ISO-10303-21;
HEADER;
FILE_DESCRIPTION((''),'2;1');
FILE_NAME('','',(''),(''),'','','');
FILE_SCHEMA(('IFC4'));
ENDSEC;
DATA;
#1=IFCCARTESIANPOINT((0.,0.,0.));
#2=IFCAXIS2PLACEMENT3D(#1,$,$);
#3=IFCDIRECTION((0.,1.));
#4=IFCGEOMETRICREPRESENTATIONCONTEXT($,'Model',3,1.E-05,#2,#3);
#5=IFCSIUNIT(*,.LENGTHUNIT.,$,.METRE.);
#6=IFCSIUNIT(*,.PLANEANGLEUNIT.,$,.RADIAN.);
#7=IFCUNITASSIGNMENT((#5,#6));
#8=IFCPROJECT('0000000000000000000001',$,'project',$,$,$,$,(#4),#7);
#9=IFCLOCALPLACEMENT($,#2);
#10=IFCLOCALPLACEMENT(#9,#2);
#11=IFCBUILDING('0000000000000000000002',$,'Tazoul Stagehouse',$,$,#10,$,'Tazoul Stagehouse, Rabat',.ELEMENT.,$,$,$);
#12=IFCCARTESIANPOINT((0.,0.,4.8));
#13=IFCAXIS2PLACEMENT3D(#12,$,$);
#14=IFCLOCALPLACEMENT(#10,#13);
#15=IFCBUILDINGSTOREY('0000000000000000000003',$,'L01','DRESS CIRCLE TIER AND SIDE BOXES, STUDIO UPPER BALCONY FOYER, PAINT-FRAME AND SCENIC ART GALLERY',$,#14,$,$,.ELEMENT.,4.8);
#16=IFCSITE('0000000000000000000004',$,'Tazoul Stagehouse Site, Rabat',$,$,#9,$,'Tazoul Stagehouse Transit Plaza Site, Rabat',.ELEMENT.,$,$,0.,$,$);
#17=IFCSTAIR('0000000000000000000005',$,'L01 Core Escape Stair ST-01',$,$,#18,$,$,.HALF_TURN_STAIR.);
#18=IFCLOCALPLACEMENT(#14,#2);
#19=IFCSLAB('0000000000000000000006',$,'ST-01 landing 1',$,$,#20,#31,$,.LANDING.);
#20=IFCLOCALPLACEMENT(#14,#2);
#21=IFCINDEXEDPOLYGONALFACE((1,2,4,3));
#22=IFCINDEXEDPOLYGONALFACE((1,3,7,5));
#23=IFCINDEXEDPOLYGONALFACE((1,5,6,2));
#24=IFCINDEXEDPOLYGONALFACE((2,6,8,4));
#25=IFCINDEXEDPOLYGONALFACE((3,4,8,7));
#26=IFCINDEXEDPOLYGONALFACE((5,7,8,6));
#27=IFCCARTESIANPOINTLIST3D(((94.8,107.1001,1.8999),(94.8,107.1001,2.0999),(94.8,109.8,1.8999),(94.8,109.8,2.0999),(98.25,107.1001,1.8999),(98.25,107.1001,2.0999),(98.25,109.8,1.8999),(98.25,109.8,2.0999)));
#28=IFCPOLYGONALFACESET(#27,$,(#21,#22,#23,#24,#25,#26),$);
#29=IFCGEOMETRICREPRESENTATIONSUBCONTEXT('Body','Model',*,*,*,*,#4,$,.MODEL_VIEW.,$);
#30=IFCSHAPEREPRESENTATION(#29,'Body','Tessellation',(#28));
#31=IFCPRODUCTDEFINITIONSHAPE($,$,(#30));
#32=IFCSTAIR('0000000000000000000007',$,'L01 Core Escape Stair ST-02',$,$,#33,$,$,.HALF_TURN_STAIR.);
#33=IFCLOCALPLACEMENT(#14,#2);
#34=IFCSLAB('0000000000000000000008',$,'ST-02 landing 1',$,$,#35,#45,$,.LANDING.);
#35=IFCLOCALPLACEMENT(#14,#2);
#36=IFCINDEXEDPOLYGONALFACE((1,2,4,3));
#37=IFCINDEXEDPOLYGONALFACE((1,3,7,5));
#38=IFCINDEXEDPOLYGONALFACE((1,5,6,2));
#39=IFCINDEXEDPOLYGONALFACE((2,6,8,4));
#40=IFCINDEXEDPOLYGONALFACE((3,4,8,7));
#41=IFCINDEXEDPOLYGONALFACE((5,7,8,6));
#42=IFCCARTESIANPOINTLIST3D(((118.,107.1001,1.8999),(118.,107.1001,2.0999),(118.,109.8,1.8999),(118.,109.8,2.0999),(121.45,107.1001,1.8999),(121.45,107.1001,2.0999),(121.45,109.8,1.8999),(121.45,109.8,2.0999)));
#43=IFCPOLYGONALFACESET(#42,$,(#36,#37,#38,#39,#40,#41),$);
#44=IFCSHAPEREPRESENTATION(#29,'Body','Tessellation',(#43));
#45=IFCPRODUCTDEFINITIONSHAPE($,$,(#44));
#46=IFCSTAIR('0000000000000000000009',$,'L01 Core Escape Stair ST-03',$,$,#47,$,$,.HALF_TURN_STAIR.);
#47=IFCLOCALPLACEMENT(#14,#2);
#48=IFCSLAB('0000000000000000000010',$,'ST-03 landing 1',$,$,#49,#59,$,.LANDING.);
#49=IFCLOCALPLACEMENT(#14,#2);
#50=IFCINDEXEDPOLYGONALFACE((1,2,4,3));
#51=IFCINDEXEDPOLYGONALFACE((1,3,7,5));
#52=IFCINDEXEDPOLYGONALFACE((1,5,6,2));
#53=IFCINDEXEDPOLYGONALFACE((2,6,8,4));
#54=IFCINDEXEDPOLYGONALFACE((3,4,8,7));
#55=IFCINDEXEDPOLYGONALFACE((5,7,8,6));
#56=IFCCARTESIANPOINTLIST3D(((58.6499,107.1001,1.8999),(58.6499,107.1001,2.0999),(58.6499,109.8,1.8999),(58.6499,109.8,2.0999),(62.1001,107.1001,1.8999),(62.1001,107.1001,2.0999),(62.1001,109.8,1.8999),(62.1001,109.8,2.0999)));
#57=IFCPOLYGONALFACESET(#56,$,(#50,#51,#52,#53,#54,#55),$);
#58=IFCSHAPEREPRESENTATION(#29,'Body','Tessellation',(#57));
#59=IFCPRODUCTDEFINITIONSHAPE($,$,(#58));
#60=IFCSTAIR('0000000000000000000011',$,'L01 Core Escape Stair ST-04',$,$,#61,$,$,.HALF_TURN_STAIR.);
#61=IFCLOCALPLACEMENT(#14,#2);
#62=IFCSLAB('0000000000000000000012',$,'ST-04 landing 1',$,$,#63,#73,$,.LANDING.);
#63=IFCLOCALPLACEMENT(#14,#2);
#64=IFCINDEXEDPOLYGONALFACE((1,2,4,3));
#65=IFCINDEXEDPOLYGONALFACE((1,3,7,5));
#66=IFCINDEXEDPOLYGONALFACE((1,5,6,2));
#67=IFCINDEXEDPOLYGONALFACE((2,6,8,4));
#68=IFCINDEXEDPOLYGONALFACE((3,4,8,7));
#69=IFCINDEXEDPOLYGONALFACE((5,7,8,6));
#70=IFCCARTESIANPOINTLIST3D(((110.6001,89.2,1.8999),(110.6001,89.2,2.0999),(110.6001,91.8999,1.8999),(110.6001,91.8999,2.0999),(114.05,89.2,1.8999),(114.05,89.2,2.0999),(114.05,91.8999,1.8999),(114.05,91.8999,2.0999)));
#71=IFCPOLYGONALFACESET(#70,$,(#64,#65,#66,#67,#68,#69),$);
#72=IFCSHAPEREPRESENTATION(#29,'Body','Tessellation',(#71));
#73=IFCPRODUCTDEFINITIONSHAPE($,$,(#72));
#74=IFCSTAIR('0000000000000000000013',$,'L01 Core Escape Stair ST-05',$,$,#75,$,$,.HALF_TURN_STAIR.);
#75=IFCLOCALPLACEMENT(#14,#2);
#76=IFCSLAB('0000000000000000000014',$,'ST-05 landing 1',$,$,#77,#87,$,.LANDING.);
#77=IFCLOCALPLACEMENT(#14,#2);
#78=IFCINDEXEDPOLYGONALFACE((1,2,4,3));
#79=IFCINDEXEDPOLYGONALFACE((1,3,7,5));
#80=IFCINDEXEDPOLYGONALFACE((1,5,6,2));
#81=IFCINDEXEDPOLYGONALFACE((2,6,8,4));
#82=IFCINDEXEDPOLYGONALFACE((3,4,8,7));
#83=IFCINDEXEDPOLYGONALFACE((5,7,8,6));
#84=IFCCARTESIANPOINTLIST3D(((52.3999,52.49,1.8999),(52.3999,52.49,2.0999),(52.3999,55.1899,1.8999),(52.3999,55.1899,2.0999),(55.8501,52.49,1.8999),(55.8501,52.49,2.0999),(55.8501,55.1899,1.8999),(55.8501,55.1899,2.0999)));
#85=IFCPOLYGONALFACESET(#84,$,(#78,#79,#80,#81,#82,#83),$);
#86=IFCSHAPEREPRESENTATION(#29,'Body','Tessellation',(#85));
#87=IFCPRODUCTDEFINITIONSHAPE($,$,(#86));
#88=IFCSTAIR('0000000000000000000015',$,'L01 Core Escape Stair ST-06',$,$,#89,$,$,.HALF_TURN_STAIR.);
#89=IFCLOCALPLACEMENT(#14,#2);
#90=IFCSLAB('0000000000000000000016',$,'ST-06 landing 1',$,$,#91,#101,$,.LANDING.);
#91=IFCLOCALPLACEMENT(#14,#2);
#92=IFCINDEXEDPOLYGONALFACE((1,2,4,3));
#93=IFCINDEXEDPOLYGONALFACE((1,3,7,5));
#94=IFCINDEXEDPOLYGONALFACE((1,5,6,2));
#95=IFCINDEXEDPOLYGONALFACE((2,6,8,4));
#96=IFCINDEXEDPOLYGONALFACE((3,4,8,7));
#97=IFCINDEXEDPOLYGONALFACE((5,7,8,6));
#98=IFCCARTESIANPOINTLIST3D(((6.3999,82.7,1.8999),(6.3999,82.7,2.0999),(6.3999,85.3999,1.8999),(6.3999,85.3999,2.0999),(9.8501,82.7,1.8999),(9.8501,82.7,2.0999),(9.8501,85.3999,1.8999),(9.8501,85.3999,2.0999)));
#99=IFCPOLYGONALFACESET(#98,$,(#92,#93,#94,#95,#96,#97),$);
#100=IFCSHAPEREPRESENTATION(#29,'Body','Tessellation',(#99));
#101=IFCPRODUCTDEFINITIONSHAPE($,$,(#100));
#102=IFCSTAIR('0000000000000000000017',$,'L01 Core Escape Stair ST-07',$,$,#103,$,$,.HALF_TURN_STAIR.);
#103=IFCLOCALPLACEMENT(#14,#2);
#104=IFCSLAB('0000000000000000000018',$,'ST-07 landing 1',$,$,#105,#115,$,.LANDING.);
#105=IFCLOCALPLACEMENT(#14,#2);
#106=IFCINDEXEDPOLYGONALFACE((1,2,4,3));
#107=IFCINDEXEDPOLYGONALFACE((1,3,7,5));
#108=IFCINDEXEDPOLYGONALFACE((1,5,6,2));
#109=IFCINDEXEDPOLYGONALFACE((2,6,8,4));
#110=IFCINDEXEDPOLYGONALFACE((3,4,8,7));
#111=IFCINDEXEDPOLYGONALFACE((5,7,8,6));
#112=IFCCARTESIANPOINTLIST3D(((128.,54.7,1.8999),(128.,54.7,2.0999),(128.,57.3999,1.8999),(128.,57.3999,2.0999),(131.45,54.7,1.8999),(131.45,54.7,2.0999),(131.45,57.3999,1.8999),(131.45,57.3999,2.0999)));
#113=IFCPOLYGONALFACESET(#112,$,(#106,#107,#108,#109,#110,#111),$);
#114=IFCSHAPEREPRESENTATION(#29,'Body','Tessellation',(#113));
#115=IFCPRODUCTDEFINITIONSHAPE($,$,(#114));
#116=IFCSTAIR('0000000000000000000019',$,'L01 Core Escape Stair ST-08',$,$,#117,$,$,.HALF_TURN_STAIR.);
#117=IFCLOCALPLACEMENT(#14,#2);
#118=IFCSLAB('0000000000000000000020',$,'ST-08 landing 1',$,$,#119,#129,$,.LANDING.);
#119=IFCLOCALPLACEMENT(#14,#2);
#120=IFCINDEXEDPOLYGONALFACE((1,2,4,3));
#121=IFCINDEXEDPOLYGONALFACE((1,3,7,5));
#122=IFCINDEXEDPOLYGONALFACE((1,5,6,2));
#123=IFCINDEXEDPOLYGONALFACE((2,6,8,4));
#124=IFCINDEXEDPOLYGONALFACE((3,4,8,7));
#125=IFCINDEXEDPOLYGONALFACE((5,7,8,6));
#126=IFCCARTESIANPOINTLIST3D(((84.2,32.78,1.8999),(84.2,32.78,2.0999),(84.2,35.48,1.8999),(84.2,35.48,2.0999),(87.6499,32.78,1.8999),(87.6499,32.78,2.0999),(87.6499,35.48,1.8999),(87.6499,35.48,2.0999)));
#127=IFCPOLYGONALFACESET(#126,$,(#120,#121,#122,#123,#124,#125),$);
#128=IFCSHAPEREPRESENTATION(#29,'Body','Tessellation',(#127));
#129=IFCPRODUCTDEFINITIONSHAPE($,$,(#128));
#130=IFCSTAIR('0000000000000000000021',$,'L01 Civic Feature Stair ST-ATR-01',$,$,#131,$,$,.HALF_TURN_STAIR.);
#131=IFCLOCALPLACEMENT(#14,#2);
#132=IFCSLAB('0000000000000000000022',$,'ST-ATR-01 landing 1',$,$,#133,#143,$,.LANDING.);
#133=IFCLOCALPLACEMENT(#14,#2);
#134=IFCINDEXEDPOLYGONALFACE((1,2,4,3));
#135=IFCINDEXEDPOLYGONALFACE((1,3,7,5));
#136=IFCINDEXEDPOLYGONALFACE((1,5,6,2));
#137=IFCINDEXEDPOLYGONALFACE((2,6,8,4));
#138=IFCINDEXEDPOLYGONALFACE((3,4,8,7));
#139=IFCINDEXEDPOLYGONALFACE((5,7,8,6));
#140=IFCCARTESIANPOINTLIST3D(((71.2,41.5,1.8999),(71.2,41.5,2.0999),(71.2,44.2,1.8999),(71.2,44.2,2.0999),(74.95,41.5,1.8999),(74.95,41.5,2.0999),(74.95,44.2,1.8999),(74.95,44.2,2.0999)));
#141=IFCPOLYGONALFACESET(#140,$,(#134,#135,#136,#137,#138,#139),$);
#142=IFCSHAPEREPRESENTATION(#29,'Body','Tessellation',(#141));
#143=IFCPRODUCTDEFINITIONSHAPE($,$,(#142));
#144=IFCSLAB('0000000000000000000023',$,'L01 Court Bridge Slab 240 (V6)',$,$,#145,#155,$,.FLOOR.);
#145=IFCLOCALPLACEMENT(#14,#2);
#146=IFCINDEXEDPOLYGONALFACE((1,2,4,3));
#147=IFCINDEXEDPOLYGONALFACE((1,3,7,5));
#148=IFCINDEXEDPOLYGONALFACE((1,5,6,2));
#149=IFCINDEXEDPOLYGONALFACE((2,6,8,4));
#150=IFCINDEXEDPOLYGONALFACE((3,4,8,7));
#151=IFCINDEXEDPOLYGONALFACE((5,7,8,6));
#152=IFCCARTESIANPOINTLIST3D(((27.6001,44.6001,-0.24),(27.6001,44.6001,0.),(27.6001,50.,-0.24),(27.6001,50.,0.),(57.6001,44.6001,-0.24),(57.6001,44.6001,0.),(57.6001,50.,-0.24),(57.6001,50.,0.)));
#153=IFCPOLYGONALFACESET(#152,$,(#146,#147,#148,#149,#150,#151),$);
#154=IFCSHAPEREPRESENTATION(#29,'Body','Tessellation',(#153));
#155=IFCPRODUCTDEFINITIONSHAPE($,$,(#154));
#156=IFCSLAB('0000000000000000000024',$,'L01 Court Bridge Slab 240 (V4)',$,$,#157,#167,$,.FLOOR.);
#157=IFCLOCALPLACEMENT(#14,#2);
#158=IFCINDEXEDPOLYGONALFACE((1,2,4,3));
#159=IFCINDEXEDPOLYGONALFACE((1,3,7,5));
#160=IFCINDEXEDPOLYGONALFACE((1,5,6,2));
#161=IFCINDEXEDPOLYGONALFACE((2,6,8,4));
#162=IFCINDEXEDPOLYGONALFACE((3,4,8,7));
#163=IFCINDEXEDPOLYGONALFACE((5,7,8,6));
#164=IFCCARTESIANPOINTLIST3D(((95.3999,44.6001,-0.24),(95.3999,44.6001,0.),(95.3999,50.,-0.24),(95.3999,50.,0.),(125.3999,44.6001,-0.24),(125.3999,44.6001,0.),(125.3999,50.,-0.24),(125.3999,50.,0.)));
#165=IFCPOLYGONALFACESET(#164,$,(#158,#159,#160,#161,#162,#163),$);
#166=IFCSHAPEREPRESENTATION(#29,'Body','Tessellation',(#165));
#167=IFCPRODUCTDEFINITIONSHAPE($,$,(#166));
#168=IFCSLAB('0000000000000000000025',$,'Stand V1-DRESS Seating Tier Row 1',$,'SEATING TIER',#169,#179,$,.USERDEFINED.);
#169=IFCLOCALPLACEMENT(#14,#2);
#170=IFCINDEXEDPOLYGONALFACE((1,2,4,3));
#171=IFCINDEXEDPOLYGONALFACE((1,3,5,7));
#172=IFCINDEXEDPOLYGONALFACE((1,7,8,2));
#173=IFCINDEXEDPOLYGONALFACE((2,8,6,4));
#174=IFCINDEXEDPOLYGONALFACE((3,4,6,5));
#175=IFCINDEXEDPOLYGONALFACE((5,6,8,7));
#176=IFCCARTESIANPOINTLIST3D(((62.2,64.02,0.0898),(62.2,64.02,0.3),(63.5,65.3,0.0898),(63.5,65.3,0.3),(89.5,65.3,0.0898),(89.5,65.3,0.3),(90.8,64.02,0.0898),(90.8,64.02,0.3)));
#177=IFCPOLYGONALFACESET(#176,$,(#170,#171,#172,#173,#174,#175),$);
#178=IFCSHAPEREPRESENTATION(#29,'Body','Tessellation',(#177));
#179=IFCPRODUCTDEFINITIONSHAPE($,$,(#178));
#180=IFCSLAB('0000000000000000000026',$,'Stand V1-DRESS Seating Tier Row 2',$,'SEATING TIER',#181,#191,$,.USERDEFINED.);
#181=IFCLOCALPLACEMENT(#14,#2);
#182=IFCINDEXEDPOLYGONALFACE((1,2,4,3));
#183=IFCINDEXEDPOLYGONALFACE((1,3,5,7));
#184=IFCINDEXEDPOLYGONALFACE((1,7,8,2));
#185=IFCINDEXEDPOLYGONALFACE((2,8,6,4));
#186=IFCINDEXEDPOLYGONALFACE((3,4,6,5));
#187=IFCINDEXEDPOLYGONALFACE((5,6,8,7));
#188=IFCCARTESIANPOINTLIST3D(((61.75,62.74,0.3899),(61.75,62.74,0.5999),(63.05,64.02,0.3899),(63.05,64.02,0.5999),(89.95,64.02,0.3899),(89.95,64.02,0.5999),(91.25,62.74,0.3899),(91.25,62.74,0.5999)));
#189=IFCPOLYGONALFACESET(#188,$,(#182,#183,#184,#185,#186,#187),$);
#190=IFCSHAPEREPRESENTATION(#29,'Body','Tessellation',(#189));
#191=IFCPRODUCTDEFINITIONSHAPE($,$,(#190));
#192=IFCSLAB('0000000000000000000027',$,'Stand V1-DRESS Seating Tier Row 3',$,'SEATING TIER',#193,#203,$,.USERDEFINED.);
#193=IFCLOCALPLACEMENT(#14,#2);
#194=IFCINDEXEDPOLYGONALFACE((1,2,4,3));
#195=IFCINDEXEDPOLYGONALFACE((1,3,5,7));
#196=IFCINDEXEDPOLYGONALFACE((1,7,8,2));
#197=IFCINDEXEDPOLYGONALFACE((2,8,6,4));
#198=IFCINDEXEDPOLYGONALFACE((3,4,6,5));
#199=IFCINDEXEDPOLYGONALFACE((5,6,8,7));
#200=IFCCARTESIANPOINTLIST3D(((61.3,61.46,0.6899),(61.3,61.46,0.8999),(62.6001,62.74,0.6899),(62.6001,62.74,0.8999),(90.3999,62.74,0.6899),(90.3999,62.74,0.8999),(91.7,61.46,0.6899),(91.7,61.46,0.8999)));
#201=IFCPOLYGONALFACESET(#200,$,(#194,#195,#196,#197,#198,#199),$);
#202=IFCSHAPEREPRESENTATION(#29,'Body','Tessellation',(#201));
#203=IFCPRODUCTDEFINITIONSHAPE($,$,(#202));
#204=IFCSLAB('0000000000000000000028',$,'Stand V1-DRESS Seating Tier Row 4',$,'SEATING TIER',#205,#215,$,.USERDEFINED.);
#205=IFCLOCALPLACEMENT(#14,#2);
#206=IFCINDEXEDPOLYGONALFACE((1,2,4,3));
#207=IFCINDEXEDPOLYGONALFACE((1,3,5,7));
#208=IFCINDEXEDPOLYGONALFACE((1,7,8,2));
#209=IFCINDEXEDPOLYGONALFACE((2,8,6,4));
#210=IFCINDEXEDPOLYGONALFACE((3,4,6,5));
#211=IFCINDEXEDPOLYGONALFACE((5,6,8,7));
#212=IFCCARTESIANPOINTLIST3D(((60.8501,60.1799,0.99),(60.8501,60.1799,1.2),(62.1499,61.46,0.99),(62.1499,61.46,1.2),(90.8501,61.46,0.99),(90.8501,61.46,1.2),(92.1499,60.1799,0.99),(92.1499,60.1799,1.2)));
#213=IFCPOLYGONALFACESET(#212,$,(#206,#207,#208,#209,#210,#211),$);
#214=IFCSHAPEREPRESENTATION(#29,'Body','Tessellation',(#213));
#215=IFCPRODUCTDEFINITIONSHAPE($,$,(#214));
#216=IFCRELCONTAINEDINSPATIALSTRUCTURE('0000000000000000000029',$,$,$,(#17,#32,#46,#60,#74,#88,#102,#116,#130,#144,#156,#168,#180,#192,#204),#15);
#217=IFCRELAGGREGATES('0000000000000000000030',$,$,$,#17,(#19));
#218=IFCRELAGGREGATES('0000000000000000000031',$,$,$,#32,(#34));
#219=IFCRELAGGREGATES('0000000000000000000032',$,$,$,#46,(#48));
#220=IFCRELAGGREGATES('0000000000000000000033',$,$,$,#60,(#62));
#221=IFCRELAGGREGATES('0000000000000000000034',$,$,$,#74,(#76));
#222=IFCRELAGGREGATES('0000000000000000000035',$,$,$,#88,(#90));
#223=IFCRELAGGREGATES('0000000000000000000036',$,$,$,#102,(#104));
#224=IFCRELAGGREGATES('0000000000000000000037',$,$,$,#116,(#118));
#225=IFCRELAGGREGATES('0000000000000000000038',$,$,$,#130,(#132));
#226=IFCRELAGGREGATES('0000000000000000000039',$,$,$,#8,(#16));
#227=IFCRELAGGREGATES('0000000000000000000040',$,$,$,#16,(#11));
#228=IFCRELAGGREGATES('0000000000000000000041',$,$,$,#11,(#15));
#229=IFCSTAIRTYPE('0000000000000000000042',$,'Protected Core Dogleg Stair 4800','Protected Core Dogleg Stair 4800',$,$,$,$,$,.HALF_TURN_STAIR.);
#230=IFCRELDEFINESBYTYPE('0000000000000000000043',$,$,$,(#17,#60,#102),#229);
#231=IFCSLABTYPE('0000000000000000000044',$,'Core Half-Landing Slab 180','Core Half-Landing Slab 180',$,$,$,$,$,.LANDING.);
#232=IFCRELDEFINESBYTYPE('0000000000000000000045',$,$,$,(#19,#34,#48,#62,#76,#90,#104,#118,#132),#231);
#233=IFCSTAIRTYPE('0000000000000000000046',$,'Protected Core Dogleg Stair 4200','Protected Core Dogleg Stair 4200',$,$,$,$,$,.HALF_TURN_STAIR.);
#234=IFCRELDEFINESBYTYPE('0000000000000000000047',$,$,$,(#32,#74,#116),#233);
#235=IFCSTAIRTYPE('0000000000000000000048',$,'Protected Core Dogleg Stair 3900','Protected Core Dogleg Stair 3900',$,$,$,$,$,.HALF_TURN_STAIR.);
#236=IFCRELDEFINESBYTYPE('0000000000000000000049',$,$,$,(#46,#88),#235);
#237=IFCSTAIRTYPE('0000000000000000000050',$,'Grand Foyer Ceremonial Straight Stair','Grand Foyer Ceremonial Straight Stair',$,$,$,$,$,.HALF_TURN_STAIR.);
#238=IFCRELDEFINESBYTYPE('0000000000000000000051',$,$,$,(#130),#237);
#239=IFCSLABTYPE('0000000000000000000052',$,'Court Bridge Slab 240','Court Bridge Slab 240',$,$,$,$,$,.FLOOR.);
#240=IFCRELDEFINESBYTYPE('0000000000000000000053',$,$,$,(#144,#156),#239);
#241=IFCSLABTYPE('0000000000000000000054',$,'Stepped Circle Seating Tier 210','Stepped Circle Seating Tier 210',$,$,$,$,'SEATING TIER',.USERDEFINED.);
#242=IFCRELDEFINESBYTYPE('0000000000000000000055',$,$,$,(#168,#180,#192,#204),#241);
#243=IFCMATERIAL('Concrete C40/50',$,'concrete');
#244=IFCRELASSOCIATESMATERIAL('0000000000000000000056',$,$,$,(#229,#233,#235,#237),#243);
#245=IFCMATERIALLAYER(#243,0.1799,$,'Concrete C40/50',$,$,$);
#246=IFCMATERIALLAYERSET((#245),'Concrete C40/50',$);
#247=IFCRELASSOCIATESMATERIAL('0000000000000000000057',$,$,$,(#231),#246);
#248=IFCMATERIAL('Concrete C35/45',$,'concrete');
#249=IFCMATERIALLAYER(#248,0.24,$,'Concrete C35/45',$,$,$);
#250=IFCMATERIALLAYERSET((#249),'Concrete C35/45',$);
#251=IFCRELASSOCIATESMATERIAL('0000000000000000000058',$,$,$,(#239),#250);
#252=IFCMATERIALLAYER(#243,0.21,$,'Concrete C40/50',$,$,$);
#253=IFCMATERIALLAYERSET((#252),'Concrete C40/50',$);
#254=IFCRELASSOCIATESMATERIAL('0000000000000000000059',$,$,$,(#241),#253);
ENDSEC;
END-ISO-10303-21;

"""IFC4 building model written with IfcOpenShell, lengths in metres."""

from ifc_helpers import new_model, si_unit, direction, frame, origin, place, context, subcontext, project, spatial, polyline, outline, extrude, material, layer, layer_set, type_object, element, aggregate, save


model = new_model("IFC4")

# Units and contexts
model_context = context("Model", 3, precision=1e-05, world=origin(), true_north=direction((0.0, 1.0)))
body_context = subcontext(model_context, "Body", "Model", "MODEL_VIEW")
ifc_project = project(units=[si_unit("LENGTHUNIT", "METRE"), si_unit("PLANEANGLEUNIT", "RADIAN")], contexts=[model_context])

# Site, building, storey
site_placement = place(None, origin())
site = spatial("IfcSite", under=ifc_project, at=site_placement, Name="Tazoul Stagehouse Site, Rabat", LongName="Tazoul Stagehouse Transit Plaza Site, Rabat", CompositionType="ELEMENT", RefElevation=0.0)
building_placement = place(site_placement, origin())
building = spatial("IfcBuilding", under=site, at=building_placement, Name="Tazoul Stagehouse", LongName="Tazoul Stagehouse, Rabat", CompositionType="ELEMENT")
storey_placement = place(building_placement, frame((0.0, 0.0, 4.8)))
storey = spatial("IfcBuildingStorey", under=building, at=storey_placement, Name="L01", Description="DRESS CIRCLE TIER AND SIDE BOXES, STUDIO UPPER BALCONY FOYER, PAINT-FRAME AND SCENIC ART GALLERY", CompositionType="ELEMENT", Elevation=4.8)

# Stairs, slabs
ifc_material_1 = material(Name="Concrete C40/50", Category="concrete")
stair_type_1 = type_object("IfcStairType", Name="Protected Core Dogleg Stair 4800", Description="Protected Core Dogleg Stair 4800", PredefinedType="HALF_TURN_STAIR", material=ifc_material_1)
stair_1_placement = place(storey_placement, origin())
stair_1 = element("IfcStair", 1, at=stair_1_placement, inside=storey, type_object=stair_type_1, Name="L01 Core Escape Stair ST-01", PredefinedType="HALF_TURN_STAIR")
ifc_layer_1 = layer(ifc_material_1, 0.1799, Name="Concrete C40/50")
ifc_layer_set_1 = layer_set([ifc_layer_1], Name="Concrete C40/50")
slab_type_1 = type_object("IfcSlabType", Name="Core Half-Landing Slab 180", Description="Core Half-Landing Slab 180", PredefinedType="LANDING", material=ifc_layer_set_1)
slab_1_placement = place(storey_placement, frame((0.0, 0.0, 1.8999)))
slab_1 = element("IfcSlab", 2, at=slab_1_placement, type_object=slab_type_1, Name="ST-01 landing 1", PredefinedType="LANDING", context=body_context, shape_type="SweptSolid", body=[
    extrude(outline(polyline([(98.25, 107.1001), (98.25, 109.8), (94.8, 109.8), (94.8, 107.1001), (98.25, 107.1001)])), origin(), (0.0, 0.0, 1.0), 0.2),
])
aggregate(stair_1, [slab_1])
stair_type_2 = type_object("IfcStairType", Name="Protected Core Dogleg Stair 4200", Description="Protected Core Dogleg Stair 4200", PredefinedType="HALF_TURN_STAIR", material=ifc_material_1)
stair_2_placement = place(storey_placement, origin())
stair_2 = element("IfcStair", 3, at=stair_2_placement, inside=storey, type_object=stair_type_2, Name="L01 Core Escape Stair ST-02", PredefinedType="HALF_TURN_STAIR")
slab_2_placement = place(storey_placement, frame((0.0, 0.0, 1.8999)))
slab_2 = element("IfcSlab", 4, at=slab_2_placement, type_object=slab_type_1, Name="ST-02 landing 1", PredefinedType="LANDING", context=body_context, shape_type="SweptSolid", body=[
    extrude(outline(polyline([(121.45, 107.1001), (121.45, 109.8), (118.0, 109.8), (118.0, 107.1001), (121.45, 107.1001)])), origin(), (0.0, 0.0, 1.0), 0.2),
])
aggregate(stair_2, [slab_2])
stair_type_3 = type_object("IfcStairType", Name="Protected Core Dogleg Stair 3900", Description="Protected Core Dogleg Stair 3900", PredefinedType="HALF_TURN_STAIR", material=ifc_material_1)
stair_3_placement = place(storey_placement, origin())
stair_3 = element("IfcStair", 5, at=stair_3_placement, inside=storey, type_object=stair_type_3, Name="L01 Core Escape Stair ST-03", PredefinedType="HALF_TURN_STAIR")
slab_3_placement = place(storey_placement, frame((0.0, 0.0, 1.8999)))
slab_3 = element("IfcSlab", 6, at=slab_3_placement, type_object=slab_type_1, Name="ST-03 landing 1", PredefinedType="LANDING", context=body_context, shape_type="SweptSolid", body=[
    extrude(outline(polyline([(62.1001, 107.1001), (62.1001, 109.8), (58.6499, 109.8), (58.6499, 107.1001), (62.1001, 107.1001)])), origin(), (0.0, 0.0, 1.0), 0.2),
])
aggregate(stair_3, [slab_3])
stair_4_placement = place(storey_placement, origin())
stair_4 = element("IfcStair", 7, at=stair_4_placement, inside=storey, type_object=stair_type_1, Name="L01 Core Escape Stair ST-04", PredefinedType="HALF_TURN_STAIR")
slab_4_placement = place(storey_placement, frame((0.0, 0.0, 1.8999)))
slab_4 = element("IfcSlab", 8, at=slab_4_placement, type_object=slab_type_1, Name="ST-04 landing 1", PredefinedType="LANDING", context=body_context, shape_type="SweptSolid", body=[
    extrude(outline(polyline([(110.6001, 91.8999), (110.6001, 89.2), (114.05, 89.2), (114.05, 91.8999), (110.6001, 91.8999)])), origin(), (0.0, 0.0, 1.0), 0.2),
])
aggregate(stair_4, [slab_4])
stair_5_placement = place(storey_placement, origin())
stair_5 = element("IfcStair", 9, at=stair_5_placement, inside=storey, type_object=stair_type_2, Name="L01 Core Escape Stair ST-05", PredefinedType="HALF_TURN_STAIR")
slab_5_placement = place(storey_placement, frame((0.0, 0.0, 1.8999)))
slab_5 = element("IfcSlab", 10, at=slab_5_placement, type_object=slab_type_1, Name="ST-05 landing 1", PredefinedType="LANDING", context=body_context, shape_type="SweptSolid", body=[
    extrude(outline(polyline([(52.3999, 55.1899), (52.3999, 52.49), (55.8501, 52.49), (55.8501, 55.1899), (52.3999, 55.1899)])), origin(), (0.0, 0.0, 1.0), 0.2),
])
aggregate(stair_5, [slab_5])
stair_6_placement = place(storey_placement, origin())
stair_6 = element("IfcStair", 11, at=stair_6_placement, inside=storey, type_object=stair_type_3, Name="L01 Core Escape Stair ST-06", PredefinedType="HALF_TURN_STAIR")
slab_6_placement = place(storey_placement, frame((0.0, 0.0, 1.8999)))
slab_6 = element("IfcSlab", 12, at=slab_6_placement, type_object=slab_type_1, Name="ST-06 landing 1", PredefinedType="LANDING", context=body_context, shape_type="SweptSolid", body=[
    extrude(outline(polyline([(9.8501, 82.7), (9.8501, 85.3999), (6.3999, 85.3999), (6.3999, 82.7), (9.8501, 82.7)])), origin(), (0.0, 0.0, 1.0), 0.2),
])
aggregate(stair_6, [slab_6])
stair_7_placement = place(storey_placement, origin())
stair_7 = element("IfcStair", 13, at=stair_7_placement, inside=storey, type_object=stair_type_1, Name="L01 Core Escape Stair ST-07", PredefinedType="HALF_TURN_STAIR")
slab_7_placement = place(storey_placement, frame((0.0, 0.0, 1.8999)))
slab_7 = element("IfcSlab", 14, at=slab_7_placement, type_object=slab_type_1, Name="ST-07 landing 1", PredefinedType="LANDING", context=body_context, shape_type="SweptSolid", body=[
    extrude(outline(polyline([(131.45, 54.7), (131.45, 57.3999), (128.0, 57.3999), (128.0, 54.7), (131.45, 54.7)])), origin(), (0.0, 0.0, 1.0), 0.2),
])
aggregate(stair_7, [slab_7])
stair_8_placement = place(storey_placement, origin())
stair_8 = element("IfcStair", 15, at=stair_8_placement, inside=storey, type_object=stair_type_2, Name="L01 Core Escape Stair ST-08", PredefinedType="HALF_TURN_STAIR")
slab_8_placement = place(storey_placement, frame((0.0, 0.0, 1.8999)))
slab_8 = element("IfcSlab", 16, at=slab_8_placement, type_object=slab_type_1, Name="ST-08 landing 1", PredefinedType="LANDING", context=body_context, shape_type="SweptSolid", body=[
    extrude(outline(polyline([(87.6499, 32.78), (87.6499, 35.48), (84.2, 35.48), (84.2, 32.78), (87.6499, 32.78)])), origin(), (0.0, 0.0, 1.0), 0.2),
])
aggregate(stair_8, [slab_8])
stair_type_4 = type_object("IfcStairType", Name="Grand Foyer Ceremonial Straight Stair", Description="Grand Foyer Ceremonial Straight Stair", PredefinedType="HALF_TURN_STAIR", material=ifc_material_1)
stair_9_placement = place(storey_placement, origin())
stair_9 = element("IfcStair", 17, at=stair_9_placement, inside=storey, type_object=stair_type_4, Name="L01 Civic Feature Stair ST-ATR-01", PredefinedType="HALF_TURN_STAIR")
slab_9_placement = place(storey_placement, frame((0.0, 0.0, 1.8999)))
slab_9 = element("IfcSlab", 18, at=slab_9_placement, type_object=slab_type_1, Name="ST-ATR-01 landing 1", PredefinedType="LANDING", context=body_context, shape_type="SweptSolid", body=[
    extrude(outline(polyline([(74.95, 41.5), (74.95, 44.2), (71.2, 44.2), (71.2, 41.5), (74.95, 41.5)])), origin(), (0.0, 0.0, 1.0), 0.2),
])
aggregate(stair_9, [slab_9])

# Slabs
ifc_material_2 = material(Name="Concrete C35/45", Category="concrete")
ifc_layer_2 = layer(ifc_material_2, 0.24, Name="Concrete C35/45")
ifc_layer_set_2 = layer_set([ifc_layer_2], Name="Concrete C35/45")
slab_type_2 = type_object("IfcSlabType", Name="Court Bridge Slab 240", Description="Court Bridge Slab 240", PredefinedType="FLOOR", material=ifc_layer_set_2)
slab_10_placement = place(storey_placement, frame((0.0, 0.0, -0.24)))
element("IfcSlab", 19, at=slab_10_placement, inside=storey, type_object=slab_type_2, Name="L01 Court Bridge Slab 240 (V6)", PredefinedType="FLOOR", context=body_context, shape_type="SweptSolid", body=[
    extrude(outline(polyline([(27.6001, 44.6001), (27.6001, 50.0), (57.6001, 50.0), (57.6001, 44.6001), (27.6001, 44.6001)])), origin(), (0.0, 0.0, 1.0), 0.24),
])
slab_11_placement = place(storey_placement, frame((0.0, 0.0, -0.24)))
element("IfcSlab", 20, at=slab_11_placement, inside=storey, type_object=slab_type_2, Name="L01 Court Bridge Slab 240 (V4)", PredefinedType="FLOOR", context=body_context, shape_type="SweptSolid", body=[
    extrude(outline(polyline([(95.3999, 44.6001), (95.3999, 50.0), (125.3999, 50.0), (125.3999, 44.6001), (95.3999, 44.6001)])), origin(), (0.0, 0.0, 1.0), 0.24),
])
ifc_layer_3 = layer(ifc_material_1, 0.21, Name="Concrete C40/50")
ifc_layer_set_3 = layer_set([ifc_layer_3], Name="Concrete C40/50")
slab_type_3 = type_object("IfcSlabType", Name="Stepped Circle Seating Tier 210", Description="Stepped Circle Seating Tier 210", ElementType="SEATING TIER", PredefinedType="USERDEFINED", material=ifc_layer_set_3)
slab_12_placement = place(storey_placement, frame((0.0, 0.0, 0.0898)))
element("IfcSlab", 21, at=slab_12_placement, inside=storey, type_object=slab_type_3, Name="Stand V1-DRESS Seating Tier Row 1", ObjectType="SEATING TIER", PredefinedType="USERDEFINED", context=body_context, shape_type="SweptSolid", body=[
    extrude(outline(polyline([(62.2, 64.02), (90.8, 64.02), (89.5, 65.3), (63.5, 65.3), (62.2, 64.02)])), origin(), (0.0, 0.0, 1.0), 0.2102),
])
slab_13_placement = place(storey_placement, frame((0.0, 0.0, 0.3899)))
element("IfcSlab", 22, at=slab_13_placement, inside=storey, type_object=slab_type_3, Name="Stand V1-DRESS Seating Tier Row 2", ObjectType="SEATING TIER", PredefinedType="USERDEFINED", context=body_context, shape_type="SweptSolid", body=[
    extrude(outline(polyline([(61.75, 62.74), (91.25, 62.74), (89.95, 64.02), (63.05, 64.02), (61.75, 62.74)])), origin(), (0.0, 0.0, 1.0), 0.21),
])
slab_14_placement = place(storey_placement, frame((0.0, 0.0, 0.6899)))
element("IfcSlab", 23, at=slab_14_placement, inside=storey, type_object=slab_type_3, Name="Stand V1-DRESS Seating Tier Row 3", ObjectType="SEATING TIER", PredefinedType="USERDEFINED", context=body_context, shape_type="SweptSolid", body=[
    extrude(outline(polyline([(61.3, 61.46), (91.7, 61.46), (90.3999, 62.74), (62.6001, 62.74), (61.3, 61.46)])), origin(), (0.0, 0.0, 1.0), 0.21),
])
slab_15_placement = place(storey_placement, frame((0.0, 0.0, 0.99)))
element("IfcSlab", 24, at=slab_15_placement, inside=storey, type_object=slab_type_3, Name="Stand V1-DRESS Seating Tier Row 4", ObjectType="SEATING TIER", PredefinedType="USERDEFINED", context=body_context, shape_type="SweptSolid", body=[
    extrude(outline(polyline([(60.8501, 60.1799), (92.1499, 60.1799), (90.8501, 61.46), (62.1499, 61.46), (60.8501, 60.1799)])), origin(), (0.0, 0.0, 1.0), 0.21),
])

save(model, "model.ifc")
